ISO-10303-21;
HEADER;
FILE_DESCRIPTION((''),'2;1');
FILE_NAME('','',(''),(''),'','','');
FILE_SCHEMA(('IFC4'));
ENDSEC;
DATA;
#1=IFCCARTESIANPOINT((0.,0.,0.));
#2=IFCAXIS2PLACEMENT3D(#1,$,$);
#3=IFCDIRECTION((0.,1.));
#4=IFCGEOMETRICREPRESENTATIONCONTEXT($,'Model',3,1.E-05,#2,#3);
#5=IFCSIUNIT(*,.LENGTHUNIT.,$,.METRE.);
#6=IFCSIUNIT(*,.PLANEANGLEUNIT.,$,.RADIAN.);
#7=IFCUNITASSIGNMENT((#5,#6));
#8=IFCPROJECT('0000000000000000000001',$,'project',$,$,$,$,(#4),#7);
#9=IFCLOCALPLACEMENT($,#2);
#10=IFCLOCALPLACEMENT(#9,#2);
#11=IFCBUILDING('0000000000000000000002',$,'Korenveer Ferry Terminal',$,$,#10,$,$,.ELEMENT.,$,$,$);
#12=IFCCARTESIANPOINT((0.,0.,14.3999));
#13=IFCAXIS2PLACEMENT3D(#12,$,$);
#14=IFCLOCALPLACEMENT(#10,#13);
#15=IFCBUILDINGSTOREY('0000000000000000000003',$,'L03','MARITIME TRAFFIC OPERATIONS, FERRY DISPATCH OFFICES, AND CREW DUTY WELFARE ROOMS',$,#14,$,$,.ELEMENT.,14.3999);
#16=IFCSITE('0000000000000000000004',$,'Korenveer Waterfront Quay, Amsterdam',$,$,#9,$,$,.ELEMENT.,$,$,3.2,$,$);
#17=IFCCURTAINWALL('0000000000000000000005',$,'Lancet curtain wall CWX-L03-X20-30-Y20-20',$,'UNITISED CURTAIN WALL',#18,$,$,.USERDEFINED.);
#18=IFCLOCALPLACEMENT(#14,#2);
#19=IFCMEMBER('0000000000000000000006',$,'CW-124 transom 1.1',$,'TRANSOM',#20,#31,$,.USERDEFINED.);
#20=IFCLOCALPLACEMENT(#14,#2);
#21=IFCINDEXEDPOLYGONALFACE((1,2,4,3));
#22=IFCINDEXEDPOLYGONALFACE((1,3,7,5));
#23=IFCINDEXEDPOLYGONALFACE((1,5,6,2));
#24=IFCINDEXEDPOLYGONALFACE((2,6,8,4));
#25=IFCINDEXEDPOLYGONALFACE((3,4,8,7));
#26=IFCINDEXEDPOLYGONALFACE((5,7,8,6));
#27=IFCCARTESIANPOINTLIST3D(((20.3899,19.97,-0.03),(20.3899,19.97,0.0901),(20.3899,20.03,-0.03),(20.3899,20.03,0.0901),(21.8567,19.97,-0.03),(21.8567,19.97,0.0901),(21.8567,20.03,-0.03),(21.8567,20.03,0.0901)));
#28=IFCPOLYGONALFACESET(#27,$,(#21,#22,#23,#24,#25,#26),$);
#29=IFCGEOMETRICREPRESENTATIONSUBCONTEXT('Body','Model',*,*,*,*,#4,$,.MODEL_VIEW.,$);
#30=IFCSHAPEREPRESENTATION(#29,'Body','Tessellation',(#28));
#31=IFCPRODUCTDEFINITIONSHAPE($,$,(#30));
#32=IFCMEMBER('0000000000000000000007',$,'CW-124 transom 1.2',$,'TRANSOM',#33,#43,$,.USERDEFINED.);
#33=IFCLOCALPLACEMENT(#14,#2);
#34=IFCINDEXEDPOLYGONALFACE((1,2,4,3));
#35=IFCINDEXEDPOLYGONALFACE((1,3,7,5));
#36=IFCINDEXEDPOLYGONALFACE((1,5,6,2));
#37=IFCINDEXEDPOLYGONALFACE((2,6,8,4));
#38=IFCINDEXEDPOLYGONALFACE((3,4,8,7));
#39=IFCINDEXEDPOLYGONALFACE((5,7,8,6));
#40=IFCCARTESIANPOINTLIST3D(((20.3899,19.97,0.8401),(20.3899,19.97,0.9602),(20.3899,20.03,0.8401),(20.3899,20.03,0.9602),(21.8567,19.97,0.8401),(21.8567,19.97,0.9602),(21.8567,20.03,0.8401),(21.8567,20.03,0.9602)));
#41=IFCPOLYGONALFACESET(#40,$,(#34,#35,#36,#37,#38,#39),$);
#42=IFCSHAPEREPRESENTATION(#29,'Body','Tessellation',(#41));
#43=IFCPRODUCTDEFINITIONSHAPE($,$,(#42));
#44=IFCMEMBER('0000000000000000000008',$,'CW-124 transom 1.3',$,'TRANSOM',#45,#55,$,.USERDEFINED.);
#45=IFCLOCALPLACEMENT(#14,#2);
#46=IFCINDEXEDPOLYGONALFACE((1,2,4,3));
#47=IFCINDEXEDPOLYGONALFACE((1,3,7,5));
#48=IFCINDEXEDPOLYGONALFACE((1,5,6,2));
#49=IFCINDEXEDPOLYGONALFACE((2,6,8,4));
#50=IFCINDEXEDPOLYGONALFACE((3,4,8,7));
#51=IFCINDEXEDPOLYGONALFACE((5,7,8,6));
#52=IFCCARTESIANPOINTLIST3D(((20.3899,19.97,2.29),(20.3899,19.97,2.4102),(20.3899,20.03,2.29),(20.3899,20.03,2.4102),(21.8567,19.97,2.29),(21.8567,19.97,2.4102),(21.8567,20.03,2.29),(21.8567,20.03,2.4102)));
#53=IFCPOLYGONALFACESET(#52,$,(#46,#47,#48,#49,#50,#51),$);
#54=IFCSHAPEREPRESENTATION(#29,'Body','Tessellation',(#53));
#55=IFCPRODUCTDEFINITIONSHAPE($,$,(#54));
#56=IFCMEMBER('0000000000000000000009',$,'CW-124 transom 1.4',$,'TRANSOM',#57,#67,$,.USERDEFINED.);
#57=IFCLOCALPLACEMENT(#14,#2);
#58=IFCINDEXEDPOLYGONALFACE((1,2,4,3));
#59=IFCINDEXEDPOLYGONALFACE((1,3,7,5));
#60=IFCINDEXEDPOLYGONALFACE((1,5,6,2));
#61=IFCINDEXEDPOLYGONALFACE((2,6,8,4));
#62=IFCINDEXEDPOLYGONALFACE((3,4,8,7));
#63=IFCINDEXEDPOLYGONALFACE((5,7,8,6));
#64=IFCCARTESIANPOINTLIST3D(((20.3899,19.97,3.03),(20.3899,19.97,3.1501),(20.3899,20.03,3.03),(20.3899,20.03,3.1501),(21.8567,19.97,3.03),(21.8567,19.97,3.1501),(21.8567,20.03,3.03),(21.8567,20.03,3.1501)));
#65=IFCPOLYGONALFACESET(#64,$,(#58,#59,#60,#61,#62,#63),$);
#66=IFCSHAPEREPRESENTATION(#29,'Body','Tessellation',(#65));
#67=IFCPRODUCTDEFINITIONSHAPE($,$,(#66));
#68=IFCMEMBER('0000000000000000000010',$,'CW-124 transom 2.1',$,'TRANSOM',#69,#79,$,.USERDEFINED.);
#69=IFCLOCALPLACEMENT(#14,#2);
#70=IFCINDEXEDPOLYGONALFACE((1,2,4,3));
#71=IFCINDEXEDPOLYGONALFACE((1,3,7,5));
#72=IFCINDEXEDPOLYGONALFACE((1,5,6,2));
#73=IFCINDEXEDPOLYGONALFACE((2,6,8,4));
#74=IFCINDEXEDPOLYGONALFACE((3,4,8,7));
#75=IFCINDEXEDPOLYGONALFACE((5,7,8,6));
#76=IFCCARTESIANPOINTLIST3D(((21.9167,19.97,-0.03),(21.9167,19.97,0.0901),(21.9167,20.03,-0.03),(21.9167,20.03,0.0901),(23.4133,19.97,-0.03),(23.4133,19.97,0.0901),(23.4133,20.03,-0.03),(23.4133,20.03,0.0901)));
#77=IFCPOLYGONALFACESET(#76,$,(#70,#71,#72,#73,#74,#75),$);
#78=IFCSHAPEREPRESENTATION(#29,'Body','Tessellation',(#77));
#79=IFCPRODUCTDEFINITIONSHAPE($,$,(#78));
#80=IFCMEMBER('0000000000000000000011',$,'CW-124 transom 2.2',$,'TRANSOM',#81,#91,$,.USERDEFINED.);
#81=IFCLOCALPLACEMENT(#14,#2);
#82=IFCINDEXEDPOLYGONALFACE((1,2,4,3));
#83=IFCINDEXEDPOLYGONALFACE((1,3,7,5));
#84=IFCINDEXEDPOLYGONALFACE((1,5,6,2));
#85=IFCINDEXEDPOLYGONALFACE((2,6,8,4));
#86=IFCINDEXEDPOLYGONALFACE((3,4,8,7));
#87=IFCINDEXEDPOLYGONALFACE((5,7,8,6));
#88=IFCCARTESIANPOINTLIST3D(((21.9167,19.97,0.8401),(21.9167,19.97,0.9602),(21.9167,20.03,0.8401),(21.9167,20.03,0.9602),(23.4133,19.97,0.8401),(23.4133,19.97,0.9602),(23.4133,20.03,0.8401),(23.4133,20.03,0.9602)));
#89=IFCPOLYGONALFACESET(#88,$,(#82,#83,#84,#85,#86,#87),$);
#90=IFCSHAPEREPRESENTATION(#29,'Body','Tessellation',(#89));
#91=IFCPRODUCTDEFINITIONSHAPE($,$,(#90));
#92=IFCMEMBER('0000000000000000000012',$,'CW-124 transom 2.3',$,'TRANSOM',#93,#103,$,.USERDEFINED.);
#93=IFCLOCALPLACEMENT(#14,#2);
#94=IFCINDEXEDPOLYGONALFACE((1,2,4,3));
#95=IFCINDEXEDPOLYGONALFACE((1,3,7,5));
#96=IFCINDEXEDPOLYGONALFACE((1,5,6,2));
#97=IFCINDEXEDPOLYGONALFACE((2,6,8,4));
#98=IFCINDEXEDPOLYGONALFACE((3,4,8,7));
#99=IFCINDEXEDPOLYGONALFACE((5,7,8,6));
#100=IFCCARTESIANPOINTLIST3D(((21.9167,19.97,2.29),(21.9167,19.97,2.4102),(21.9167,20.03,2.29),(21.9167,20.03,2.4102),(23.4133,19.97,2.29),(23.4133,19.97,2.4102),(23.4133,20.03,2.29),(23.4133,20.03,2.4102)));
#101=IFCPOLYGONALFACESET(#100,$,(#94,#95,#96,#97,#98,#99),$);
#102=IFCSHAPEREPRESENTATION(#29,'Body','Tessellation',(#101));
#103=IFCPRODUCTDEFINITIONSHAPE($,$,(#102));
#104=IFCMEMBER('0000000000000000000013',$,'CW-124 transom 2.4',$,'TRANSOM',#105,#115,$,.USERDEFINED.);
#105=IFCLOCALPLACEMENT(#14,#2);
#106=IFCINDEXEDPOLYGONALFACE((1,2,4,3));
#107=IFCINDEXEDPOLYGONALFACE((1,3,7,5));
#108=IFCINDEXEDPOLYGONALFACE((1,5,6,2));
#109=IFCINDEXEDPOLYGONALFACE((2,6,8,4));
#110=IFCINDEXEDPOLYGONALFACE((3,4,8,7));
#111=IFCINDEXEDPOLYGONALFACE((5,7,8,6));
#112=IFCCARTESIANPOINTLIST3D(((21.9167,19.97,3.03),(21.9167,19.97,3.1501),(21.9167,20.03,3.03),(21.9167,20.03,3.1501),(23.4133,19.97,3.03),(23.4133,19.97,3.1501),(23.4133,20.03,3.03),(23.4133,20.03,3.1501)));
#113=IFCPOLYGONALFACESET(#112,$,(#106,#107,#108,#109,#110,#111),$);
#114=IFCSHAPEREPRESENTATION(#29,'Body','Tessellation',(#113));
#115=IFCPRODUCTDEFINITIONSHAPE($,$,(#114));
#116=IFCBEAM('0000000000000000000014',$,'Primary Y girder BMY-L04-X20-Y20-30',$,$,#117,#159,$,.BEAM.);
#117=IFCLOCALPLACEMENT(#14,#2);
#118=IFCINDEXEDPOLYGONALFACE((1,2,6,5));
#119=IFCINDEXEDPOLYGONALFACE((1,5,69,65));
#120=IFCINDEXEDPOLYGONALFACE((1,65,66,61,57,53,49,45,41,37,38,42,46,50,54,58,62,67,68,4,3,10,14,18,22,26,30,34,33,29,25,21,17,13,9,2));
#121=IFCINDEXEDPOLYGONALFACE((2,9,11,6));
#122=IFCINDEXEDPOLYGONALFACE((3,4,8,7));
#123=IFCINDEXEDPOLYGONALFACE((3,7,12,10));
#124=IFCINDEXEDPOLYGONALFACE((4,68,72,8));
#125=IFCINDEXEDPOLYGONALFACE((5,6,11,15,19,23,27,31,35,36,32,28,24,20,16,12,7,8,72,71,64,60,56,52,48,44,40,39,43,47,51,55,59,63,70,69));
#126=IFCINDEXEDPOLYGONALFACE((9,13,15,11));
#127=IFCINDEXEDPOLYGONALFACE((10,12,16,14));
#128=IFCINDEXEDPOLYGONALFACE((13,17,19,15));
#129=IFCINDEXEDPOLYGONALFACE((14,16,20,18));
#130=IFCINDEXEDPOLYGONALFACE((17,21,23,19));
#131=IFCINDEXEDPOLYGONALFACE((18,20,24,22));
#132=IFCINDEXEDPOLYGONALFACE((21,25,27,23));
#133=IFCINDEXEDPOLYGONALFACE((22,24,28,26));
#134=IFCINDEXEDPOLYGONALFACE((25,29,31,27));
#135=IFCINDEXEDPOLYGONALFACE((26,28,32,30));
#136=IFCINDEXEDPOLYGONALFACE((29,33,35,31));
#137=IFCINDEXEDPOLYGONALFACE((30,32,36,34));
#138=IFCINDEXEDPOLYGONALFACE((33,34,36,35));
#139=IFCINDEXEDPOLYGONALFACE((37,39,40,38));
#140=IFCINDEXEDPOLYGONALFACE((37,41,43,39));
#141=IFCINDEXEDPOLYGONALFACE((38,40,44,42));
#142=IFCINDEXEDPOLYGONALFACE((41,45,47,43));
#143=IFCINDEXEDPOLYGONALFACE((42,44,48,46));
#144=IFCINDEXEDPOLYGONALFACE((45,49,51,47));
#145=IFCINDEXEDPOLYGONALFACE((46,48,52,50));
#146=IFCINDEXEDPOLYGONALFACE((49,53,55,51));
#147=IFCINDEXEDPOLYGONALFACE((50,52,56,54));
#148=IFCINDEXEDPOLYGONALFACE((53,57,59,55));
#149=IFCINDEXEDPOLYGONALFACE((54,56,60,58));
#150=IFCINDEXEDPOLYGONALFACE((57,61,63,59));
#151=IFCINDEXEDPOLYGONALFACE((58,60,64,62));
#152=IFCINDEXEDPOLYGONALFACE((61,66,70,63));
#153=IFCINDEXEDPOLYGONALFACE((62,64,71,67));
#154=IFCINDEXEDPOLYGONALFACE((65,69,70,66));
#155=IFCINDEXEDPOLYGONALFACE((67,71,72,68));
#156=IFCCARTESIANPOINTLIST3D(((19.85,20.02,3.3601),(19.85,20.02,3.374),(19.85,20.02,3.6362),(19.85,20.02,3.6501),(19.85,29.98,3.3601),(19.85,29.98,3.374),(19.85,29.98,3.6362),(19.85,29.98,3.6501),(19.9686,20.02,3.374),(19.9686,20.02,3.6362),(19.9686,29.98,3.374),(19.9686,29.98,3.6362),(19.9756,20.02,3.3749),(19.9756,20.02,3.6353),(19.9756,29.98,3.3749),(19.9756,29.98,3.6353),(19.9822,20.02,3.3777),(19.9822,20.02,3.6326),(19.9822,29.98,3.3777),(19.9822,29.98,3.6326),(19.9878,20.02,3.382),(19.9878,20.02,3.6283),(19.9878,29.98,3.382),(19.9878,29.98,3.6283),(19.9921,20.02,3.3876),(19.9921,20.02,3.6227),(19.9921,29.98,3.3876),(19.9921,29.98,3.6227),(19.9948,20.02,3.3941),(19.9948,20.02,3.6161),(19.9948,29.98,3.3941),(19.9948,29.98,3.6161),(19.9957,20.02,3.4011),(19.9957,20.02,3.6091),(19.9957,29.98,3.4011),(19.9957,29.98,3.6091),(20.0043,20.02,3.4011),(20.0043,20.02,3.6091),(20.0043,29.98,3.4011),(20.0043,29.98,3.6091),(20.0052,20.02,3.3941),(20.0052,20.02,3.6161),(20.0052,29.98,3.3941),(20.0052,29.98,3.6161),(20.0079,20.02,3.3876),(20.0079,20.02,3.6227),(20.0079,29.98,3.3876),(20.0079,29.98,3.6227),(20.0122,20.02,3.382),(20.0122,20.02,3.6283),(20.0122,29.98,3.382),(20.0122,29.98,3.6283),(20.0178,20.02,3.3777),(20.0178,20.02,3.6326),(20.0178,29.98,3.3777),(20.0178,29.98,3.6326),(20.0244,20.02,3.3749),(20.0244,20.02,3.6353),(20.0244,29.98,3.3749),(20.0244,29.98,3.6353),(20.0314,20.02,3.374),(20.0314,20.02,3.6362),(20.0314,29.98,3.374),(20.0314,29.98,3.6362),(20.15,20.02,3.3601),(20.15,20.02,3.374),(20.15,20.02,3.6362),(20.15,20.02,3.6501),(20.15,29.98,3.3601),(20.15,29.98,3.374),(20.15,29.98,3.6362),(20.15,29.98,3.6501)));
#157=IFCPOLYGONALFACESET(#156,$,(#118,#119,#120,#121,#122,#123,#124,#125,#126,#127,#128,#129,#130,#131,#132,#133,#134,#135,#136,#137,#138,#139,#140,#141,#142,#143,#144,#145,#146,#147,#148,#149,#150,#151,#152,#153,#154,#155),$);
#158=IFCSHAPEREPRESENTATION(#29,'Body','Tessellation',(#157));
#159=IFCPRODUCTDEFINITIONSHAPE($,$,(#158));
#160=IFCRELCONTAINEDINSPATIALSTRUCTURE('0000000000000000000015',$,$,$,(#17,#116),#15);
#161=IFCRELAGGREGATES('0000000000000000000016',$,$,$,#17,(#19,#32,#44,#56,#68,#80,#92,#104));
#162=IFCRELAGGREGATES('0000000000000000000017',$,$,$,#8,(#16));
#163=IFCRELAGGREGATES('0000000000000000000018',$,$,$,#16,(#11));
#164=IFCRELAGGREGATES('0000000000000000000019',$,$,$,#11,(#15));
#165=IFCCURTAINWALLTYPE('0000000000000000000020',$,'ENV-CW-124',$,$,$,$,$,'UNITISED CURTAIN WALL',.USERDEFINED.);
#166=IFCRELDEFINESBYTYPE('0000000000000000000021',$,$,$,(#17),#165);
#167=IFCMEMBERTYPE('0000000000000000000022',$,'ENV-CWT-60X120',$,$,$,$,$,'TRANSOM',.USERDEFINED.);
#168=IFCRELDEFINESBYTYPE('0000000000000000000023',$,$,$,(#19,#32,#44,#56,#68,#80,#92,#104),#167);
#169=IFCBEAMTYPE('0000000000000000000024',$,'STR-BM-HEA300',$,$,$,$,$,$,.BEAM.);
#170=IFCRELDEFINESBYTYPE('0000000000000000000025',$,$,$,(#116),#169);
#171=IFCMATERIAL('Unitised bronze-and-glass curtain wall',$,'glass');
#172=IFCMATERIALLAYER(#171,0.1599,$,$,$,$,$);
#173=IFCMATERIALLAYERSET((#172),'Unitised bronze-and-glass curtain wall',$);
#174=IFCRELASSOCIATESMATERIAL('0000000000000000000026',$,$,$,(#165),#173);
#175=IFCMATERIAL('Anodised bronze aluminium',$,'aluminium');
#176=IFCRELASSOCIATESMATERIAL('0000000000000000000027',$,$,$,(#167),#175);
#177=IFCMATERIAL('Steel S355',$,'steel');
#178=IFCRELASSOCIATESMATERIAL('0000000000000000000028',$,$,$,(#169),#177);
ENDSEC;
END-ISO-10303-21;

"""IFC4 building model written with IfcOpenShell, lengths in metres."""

from ifc_helpers import new_model, si_unit, direction, frame, origin, origin_2d, place, context, subcontext, project, spatial, rectangle, i_section, extrude, material, layer, layer_set, material_profile, profile_set, type_object, element, aggregate, save


model = new_model("IFC4")

# Units and contexts
model_context = context("Model", 3, precision=1e-05, world=origin(), true_north=direction((0.0, 1.0)))
body_context = subcontext(model_context, "Body", "Model", "MODEL_VIEW")
ifc_project = project(units=[si_unit("LENGTHUNIT", "METRE"), si_unit("PLANEANGLEUNIT", "RADIAN")], contexts=[model_context])

# Site, building, storey
site_placement = place(None, origin())
site = spatial("IfcSite", under=ifc_project, at=site_placement, Name="Korenveer Waterfront Quay, Amsterdam", CompositionType="ELEMENT", RefElevation=3.2)
building_placement = place(site_placement, origin())
building = spatial("IfcBuilding", under=site, at=building_placement, Name="Korenveer Ferry Terminal", CompositionType="ELEMENT")
storey_placement = place(building_placement, frame((0.0, 0.0, 14.3999)))
storey = spatial("IfcBuildingStorey", under=building, at=storey_placement, Name="L03", Description="MARITIME TRAFFIC OPERATIONS, FERRY DISPATCH OFFICES, AND CREW DUTY WELFARE ROOMS", CompositionType="ELEMENT", Elevation=14.3999)

# Curtain wall
ifc_material_1 = material(Name="Unitised bronze-and-glass curtain wall", Category="glass")
ifc_material_2 = material(Name="Anodised bronze aluminium", Category="aluminium")
ifc_layer_1 = layer(ifc_material_1, 0.1599)
ifc_layer_set_1 = layer_set([ifc_layer_1], Name="Unitised bronze-and-glass curtain wall")
curtain_wall_type_1 = type_object("IfcCurtainWallType", Name="ENV-CW-124", ElementType="UNITISED CURTAIN WALL", PredefinedType="USERDEFINED", material=ifc_layer_set_1)
curtain_wall_1_placement = place(storey_placement, frame((20.3301, 20.0, 0.0)))
curtain_wall_1 = element("IfcCurtainWall", 1, at=curtain_wall_1_placement, inside=storey, type_object=curtain_wall_type_1, Name="Lancet curtain wall CWX-L03-X20-30-Y20-20", ObjectType="UNITISED CURTAIN WALL", PredefinedType="USERDEFINED")

# Members
ifc_material_profile_1 = material_profile(ifc_material_2, rectangle(XDim=0.0601, YDim=0.1201, at=origin_2d()), Name="ALU 60x120")
ifc_profile_set_1 = profile_set([ifc_material_profile_1], Name="Anodised bronze aluminium")
member_type_1 = type_object("IfcMemberType", Name="ENV-CWT-60X120", ElementType="TRANSOM", PredefinedType="USERDEFINED", material=ifc_profile_set_1)
member_1_placement = place(storey_placement, frame((20.3899, 20.0, 0.03), z_axis=(1.0, 0.0, 0.0), x_axis=(0.0, 1.0, 0.0)))
member_1 = element("IfcMember", 2, at=member_1_placement, type_object=member_type_1, Name="CW-124 transom 1.1", ObjectType="TRANSOM", PredefinedType="USERDEFINED", context=body_context, shape_type="SweptSolid", body=[
    extrude(rectangle(XDim=0.0601, YDim=0.1201, at=origin_2d()), origin(), (0.0, 0.0, 1.0), 1.4668),
])
member_2_placement = place(storey_placement, frame((20.3899, 20.0, 0.9001), z_axis=(1.0, 0.0, 0.0), x_axis=(0.0, 1.0, 0.0)))
member_2 = element("IfcMember", 3, at=member_2_placement, type_object=member_type_1, Name="CW-124 transom 1.2", ObjectType="TRANSOM", PredefinedType="USERDEFINED", context=body_context, shape_type="SweptSolid", body=[
    extrude(rectangle(XDim=0.0601, YDim=0.1201, at=origin_2d()), origin(), (0.0, 0.0, 1.0), 1.4668),
])
member_3_placement = place(storey_placement, frame((20.3899, 20.0, 2.3501), z_axis=(1.0, 0.0, 0.0), x_axis=(0.0, 1.0, 0.0)))
member_3 = element("IfcMember", 4, at=member_3_placement, type_object=member_type_1, Name="CW-124 transom 1.3", ObjectType="TRANSOM", PredefinedType="USERDEFINED", context=body_context, shape_type="SweptSolid", body=[
    extrude(rectangle(XDim=0.0601, YDim=0.1201, at=origin_2d()), origin(), (0.0, 0.0, 1.0), 1.4668),
])
member_4_placement = place(storey_placement, frame((20.3899, 20.0, 3.0901), z_axis=(1.0, 0.0, 0.0), x_axis=(0.0, 1.0, 0.0)))
member_4 = element("IfcMember", 5, at=member_4_placement, type_object=member_type_1, Name="CW-124 transom 1.4", ObjectType="TRANSOM", PredefinedType="USERDEFINED", context=body_context, shape_type="SweptSolid", body=[
    extrude(rectangle(XDim=0.0601, YDim=0.1201, at=origin_2d()), origin(), (0.0, 0.0, 1.0), 1.4668),
])
member_5_placement = place(storey_placement, frame((21.9167, 20.0, 0.03), z_axis=(1.0, 0.0, 0.0), x_axis=(0.0, 1.0, 0.0)))
member_5 = element("IfcMember", 6, at=member_5_placement, type_object=member_type_1, Name="CW-124 transom 2.1", ObjectType="TRANSOM", PredefinedType="USERDEFINED", context=body_context, shape_type="SweptSolid", body=[
    extrude(rectangle(XDim=0.0601, YDim=0.1201, at=origin_2d()), origin(), (0.0, 0.0, 1.0), 1.4966),
])
member_6_placement = place(storey_placement, frame((21.9167, 20.0, 0.9001), z_axis=(1.0, 0.0, 0.0), x_axis=(0.0, 1.0, 0.0)))
member_6 = element("IfcMember", 7, at=member_6_placement, type_object=member_type_1, Name="CW-124 transom 2.2", ObjectType="TRANSOM", PredefinedType="USERDEFINED", context=body_context, shape_type="SweptSolid", body=[
    extrude(rectangle(XDim=0.0601, YDim=0.1201, at=origin_2d()), origin(), (0.0, 0.0, 1.0), 1.4966),
])
member_7_placement = place(storey_placement, frame((21.9167, 20.0, 2.3501), z_axis=(1.0, 0.0, 0.0), x_axis=(0.0, 1.0, 0.0)))
member_7 = element("IfcMember", 8, at=member_7_placement, type_object=member_type_1, Name="CW-124 transom 2.3", ObjectType="TRANSOM", PredefinedType="USERDEFINED", context=body_context, shape_type="SweptSolid", body=[
    extrude(rectangle(XDim=0.0601, YDim=0.1201, at=origin_2d()), origin(), (0.0, 0.0, 1.0), 1.4966),
])
member_8_placement = place(storey_placement, frame((21.9167, 20.0, 3.0901), z_axis=(1.0, 0.0, 0.0), x_axis=(0.0, 1.0, 0.0)))
member_8 = element("IfcMember", 9, at=member_8_placement, type_object=member_type_1, Name="CW-124 transom 2.4", ObjectType="TRANSOM", PredefinedType="USERDEFINED", context=body_context, shape_type="SweptSolid", body=[
    extrude(rectangle(XDim=0.0601, YDim=0.1201, at=origin_2d()), origin(), (0.0, 0.0, 1.0), 1.4966),
])

# Beam
ifc_material_3 = material(Name="Steel S355", Category="steel")
ifc_material_profile_2 = material_profile(ifc_material_3, i_section(OverallWidth=0.3, OverallDepth=0.29, WebThickness=0.0085, FlangeThickness=0.0139, FilletRadius=0.0271, at=origin_2d()), Name="HEA 300")
ifc_profile_set_2 = profile_set([ifc_material_profile_2], Name="Steel S355")
beam_type_1 = type_object("IfcBeamType", Name="STR-BM-HEA300", PredefinedType="BEAM", material=ifc_profile_set_2)
beam_1_placement = place(storey_placement, frame((20.0, 20.02, 3.5051), z_axis=(0.0, 1.0, 0.0), x_axis=(-1.0, 0.0, 0.0)))
element("IfcBeam", 10, at=beam_1_placement, inside=storey, type_object=beam_type_1, Name="Primary Y girder BMY-L04-X20-Y20-30", PredefinedType="BEAM", context=body_context, shape_type="SweptSolid", body=[
    extrude(i_section(OverallWidth=0.3, OverallDepth=0.29, WebThickness=0.0085, FlangeThickness=0.0139, FilletRadius=0.0271, at=origin_2d()), origin(), (0.0, 0.0, 1.0), 9.96),
])

aggregate(curtain_wall_1, [member_1, member_2, member_3, member_4, member_5, member_6, member_7, member_8])

save(model, "model.ifc")
